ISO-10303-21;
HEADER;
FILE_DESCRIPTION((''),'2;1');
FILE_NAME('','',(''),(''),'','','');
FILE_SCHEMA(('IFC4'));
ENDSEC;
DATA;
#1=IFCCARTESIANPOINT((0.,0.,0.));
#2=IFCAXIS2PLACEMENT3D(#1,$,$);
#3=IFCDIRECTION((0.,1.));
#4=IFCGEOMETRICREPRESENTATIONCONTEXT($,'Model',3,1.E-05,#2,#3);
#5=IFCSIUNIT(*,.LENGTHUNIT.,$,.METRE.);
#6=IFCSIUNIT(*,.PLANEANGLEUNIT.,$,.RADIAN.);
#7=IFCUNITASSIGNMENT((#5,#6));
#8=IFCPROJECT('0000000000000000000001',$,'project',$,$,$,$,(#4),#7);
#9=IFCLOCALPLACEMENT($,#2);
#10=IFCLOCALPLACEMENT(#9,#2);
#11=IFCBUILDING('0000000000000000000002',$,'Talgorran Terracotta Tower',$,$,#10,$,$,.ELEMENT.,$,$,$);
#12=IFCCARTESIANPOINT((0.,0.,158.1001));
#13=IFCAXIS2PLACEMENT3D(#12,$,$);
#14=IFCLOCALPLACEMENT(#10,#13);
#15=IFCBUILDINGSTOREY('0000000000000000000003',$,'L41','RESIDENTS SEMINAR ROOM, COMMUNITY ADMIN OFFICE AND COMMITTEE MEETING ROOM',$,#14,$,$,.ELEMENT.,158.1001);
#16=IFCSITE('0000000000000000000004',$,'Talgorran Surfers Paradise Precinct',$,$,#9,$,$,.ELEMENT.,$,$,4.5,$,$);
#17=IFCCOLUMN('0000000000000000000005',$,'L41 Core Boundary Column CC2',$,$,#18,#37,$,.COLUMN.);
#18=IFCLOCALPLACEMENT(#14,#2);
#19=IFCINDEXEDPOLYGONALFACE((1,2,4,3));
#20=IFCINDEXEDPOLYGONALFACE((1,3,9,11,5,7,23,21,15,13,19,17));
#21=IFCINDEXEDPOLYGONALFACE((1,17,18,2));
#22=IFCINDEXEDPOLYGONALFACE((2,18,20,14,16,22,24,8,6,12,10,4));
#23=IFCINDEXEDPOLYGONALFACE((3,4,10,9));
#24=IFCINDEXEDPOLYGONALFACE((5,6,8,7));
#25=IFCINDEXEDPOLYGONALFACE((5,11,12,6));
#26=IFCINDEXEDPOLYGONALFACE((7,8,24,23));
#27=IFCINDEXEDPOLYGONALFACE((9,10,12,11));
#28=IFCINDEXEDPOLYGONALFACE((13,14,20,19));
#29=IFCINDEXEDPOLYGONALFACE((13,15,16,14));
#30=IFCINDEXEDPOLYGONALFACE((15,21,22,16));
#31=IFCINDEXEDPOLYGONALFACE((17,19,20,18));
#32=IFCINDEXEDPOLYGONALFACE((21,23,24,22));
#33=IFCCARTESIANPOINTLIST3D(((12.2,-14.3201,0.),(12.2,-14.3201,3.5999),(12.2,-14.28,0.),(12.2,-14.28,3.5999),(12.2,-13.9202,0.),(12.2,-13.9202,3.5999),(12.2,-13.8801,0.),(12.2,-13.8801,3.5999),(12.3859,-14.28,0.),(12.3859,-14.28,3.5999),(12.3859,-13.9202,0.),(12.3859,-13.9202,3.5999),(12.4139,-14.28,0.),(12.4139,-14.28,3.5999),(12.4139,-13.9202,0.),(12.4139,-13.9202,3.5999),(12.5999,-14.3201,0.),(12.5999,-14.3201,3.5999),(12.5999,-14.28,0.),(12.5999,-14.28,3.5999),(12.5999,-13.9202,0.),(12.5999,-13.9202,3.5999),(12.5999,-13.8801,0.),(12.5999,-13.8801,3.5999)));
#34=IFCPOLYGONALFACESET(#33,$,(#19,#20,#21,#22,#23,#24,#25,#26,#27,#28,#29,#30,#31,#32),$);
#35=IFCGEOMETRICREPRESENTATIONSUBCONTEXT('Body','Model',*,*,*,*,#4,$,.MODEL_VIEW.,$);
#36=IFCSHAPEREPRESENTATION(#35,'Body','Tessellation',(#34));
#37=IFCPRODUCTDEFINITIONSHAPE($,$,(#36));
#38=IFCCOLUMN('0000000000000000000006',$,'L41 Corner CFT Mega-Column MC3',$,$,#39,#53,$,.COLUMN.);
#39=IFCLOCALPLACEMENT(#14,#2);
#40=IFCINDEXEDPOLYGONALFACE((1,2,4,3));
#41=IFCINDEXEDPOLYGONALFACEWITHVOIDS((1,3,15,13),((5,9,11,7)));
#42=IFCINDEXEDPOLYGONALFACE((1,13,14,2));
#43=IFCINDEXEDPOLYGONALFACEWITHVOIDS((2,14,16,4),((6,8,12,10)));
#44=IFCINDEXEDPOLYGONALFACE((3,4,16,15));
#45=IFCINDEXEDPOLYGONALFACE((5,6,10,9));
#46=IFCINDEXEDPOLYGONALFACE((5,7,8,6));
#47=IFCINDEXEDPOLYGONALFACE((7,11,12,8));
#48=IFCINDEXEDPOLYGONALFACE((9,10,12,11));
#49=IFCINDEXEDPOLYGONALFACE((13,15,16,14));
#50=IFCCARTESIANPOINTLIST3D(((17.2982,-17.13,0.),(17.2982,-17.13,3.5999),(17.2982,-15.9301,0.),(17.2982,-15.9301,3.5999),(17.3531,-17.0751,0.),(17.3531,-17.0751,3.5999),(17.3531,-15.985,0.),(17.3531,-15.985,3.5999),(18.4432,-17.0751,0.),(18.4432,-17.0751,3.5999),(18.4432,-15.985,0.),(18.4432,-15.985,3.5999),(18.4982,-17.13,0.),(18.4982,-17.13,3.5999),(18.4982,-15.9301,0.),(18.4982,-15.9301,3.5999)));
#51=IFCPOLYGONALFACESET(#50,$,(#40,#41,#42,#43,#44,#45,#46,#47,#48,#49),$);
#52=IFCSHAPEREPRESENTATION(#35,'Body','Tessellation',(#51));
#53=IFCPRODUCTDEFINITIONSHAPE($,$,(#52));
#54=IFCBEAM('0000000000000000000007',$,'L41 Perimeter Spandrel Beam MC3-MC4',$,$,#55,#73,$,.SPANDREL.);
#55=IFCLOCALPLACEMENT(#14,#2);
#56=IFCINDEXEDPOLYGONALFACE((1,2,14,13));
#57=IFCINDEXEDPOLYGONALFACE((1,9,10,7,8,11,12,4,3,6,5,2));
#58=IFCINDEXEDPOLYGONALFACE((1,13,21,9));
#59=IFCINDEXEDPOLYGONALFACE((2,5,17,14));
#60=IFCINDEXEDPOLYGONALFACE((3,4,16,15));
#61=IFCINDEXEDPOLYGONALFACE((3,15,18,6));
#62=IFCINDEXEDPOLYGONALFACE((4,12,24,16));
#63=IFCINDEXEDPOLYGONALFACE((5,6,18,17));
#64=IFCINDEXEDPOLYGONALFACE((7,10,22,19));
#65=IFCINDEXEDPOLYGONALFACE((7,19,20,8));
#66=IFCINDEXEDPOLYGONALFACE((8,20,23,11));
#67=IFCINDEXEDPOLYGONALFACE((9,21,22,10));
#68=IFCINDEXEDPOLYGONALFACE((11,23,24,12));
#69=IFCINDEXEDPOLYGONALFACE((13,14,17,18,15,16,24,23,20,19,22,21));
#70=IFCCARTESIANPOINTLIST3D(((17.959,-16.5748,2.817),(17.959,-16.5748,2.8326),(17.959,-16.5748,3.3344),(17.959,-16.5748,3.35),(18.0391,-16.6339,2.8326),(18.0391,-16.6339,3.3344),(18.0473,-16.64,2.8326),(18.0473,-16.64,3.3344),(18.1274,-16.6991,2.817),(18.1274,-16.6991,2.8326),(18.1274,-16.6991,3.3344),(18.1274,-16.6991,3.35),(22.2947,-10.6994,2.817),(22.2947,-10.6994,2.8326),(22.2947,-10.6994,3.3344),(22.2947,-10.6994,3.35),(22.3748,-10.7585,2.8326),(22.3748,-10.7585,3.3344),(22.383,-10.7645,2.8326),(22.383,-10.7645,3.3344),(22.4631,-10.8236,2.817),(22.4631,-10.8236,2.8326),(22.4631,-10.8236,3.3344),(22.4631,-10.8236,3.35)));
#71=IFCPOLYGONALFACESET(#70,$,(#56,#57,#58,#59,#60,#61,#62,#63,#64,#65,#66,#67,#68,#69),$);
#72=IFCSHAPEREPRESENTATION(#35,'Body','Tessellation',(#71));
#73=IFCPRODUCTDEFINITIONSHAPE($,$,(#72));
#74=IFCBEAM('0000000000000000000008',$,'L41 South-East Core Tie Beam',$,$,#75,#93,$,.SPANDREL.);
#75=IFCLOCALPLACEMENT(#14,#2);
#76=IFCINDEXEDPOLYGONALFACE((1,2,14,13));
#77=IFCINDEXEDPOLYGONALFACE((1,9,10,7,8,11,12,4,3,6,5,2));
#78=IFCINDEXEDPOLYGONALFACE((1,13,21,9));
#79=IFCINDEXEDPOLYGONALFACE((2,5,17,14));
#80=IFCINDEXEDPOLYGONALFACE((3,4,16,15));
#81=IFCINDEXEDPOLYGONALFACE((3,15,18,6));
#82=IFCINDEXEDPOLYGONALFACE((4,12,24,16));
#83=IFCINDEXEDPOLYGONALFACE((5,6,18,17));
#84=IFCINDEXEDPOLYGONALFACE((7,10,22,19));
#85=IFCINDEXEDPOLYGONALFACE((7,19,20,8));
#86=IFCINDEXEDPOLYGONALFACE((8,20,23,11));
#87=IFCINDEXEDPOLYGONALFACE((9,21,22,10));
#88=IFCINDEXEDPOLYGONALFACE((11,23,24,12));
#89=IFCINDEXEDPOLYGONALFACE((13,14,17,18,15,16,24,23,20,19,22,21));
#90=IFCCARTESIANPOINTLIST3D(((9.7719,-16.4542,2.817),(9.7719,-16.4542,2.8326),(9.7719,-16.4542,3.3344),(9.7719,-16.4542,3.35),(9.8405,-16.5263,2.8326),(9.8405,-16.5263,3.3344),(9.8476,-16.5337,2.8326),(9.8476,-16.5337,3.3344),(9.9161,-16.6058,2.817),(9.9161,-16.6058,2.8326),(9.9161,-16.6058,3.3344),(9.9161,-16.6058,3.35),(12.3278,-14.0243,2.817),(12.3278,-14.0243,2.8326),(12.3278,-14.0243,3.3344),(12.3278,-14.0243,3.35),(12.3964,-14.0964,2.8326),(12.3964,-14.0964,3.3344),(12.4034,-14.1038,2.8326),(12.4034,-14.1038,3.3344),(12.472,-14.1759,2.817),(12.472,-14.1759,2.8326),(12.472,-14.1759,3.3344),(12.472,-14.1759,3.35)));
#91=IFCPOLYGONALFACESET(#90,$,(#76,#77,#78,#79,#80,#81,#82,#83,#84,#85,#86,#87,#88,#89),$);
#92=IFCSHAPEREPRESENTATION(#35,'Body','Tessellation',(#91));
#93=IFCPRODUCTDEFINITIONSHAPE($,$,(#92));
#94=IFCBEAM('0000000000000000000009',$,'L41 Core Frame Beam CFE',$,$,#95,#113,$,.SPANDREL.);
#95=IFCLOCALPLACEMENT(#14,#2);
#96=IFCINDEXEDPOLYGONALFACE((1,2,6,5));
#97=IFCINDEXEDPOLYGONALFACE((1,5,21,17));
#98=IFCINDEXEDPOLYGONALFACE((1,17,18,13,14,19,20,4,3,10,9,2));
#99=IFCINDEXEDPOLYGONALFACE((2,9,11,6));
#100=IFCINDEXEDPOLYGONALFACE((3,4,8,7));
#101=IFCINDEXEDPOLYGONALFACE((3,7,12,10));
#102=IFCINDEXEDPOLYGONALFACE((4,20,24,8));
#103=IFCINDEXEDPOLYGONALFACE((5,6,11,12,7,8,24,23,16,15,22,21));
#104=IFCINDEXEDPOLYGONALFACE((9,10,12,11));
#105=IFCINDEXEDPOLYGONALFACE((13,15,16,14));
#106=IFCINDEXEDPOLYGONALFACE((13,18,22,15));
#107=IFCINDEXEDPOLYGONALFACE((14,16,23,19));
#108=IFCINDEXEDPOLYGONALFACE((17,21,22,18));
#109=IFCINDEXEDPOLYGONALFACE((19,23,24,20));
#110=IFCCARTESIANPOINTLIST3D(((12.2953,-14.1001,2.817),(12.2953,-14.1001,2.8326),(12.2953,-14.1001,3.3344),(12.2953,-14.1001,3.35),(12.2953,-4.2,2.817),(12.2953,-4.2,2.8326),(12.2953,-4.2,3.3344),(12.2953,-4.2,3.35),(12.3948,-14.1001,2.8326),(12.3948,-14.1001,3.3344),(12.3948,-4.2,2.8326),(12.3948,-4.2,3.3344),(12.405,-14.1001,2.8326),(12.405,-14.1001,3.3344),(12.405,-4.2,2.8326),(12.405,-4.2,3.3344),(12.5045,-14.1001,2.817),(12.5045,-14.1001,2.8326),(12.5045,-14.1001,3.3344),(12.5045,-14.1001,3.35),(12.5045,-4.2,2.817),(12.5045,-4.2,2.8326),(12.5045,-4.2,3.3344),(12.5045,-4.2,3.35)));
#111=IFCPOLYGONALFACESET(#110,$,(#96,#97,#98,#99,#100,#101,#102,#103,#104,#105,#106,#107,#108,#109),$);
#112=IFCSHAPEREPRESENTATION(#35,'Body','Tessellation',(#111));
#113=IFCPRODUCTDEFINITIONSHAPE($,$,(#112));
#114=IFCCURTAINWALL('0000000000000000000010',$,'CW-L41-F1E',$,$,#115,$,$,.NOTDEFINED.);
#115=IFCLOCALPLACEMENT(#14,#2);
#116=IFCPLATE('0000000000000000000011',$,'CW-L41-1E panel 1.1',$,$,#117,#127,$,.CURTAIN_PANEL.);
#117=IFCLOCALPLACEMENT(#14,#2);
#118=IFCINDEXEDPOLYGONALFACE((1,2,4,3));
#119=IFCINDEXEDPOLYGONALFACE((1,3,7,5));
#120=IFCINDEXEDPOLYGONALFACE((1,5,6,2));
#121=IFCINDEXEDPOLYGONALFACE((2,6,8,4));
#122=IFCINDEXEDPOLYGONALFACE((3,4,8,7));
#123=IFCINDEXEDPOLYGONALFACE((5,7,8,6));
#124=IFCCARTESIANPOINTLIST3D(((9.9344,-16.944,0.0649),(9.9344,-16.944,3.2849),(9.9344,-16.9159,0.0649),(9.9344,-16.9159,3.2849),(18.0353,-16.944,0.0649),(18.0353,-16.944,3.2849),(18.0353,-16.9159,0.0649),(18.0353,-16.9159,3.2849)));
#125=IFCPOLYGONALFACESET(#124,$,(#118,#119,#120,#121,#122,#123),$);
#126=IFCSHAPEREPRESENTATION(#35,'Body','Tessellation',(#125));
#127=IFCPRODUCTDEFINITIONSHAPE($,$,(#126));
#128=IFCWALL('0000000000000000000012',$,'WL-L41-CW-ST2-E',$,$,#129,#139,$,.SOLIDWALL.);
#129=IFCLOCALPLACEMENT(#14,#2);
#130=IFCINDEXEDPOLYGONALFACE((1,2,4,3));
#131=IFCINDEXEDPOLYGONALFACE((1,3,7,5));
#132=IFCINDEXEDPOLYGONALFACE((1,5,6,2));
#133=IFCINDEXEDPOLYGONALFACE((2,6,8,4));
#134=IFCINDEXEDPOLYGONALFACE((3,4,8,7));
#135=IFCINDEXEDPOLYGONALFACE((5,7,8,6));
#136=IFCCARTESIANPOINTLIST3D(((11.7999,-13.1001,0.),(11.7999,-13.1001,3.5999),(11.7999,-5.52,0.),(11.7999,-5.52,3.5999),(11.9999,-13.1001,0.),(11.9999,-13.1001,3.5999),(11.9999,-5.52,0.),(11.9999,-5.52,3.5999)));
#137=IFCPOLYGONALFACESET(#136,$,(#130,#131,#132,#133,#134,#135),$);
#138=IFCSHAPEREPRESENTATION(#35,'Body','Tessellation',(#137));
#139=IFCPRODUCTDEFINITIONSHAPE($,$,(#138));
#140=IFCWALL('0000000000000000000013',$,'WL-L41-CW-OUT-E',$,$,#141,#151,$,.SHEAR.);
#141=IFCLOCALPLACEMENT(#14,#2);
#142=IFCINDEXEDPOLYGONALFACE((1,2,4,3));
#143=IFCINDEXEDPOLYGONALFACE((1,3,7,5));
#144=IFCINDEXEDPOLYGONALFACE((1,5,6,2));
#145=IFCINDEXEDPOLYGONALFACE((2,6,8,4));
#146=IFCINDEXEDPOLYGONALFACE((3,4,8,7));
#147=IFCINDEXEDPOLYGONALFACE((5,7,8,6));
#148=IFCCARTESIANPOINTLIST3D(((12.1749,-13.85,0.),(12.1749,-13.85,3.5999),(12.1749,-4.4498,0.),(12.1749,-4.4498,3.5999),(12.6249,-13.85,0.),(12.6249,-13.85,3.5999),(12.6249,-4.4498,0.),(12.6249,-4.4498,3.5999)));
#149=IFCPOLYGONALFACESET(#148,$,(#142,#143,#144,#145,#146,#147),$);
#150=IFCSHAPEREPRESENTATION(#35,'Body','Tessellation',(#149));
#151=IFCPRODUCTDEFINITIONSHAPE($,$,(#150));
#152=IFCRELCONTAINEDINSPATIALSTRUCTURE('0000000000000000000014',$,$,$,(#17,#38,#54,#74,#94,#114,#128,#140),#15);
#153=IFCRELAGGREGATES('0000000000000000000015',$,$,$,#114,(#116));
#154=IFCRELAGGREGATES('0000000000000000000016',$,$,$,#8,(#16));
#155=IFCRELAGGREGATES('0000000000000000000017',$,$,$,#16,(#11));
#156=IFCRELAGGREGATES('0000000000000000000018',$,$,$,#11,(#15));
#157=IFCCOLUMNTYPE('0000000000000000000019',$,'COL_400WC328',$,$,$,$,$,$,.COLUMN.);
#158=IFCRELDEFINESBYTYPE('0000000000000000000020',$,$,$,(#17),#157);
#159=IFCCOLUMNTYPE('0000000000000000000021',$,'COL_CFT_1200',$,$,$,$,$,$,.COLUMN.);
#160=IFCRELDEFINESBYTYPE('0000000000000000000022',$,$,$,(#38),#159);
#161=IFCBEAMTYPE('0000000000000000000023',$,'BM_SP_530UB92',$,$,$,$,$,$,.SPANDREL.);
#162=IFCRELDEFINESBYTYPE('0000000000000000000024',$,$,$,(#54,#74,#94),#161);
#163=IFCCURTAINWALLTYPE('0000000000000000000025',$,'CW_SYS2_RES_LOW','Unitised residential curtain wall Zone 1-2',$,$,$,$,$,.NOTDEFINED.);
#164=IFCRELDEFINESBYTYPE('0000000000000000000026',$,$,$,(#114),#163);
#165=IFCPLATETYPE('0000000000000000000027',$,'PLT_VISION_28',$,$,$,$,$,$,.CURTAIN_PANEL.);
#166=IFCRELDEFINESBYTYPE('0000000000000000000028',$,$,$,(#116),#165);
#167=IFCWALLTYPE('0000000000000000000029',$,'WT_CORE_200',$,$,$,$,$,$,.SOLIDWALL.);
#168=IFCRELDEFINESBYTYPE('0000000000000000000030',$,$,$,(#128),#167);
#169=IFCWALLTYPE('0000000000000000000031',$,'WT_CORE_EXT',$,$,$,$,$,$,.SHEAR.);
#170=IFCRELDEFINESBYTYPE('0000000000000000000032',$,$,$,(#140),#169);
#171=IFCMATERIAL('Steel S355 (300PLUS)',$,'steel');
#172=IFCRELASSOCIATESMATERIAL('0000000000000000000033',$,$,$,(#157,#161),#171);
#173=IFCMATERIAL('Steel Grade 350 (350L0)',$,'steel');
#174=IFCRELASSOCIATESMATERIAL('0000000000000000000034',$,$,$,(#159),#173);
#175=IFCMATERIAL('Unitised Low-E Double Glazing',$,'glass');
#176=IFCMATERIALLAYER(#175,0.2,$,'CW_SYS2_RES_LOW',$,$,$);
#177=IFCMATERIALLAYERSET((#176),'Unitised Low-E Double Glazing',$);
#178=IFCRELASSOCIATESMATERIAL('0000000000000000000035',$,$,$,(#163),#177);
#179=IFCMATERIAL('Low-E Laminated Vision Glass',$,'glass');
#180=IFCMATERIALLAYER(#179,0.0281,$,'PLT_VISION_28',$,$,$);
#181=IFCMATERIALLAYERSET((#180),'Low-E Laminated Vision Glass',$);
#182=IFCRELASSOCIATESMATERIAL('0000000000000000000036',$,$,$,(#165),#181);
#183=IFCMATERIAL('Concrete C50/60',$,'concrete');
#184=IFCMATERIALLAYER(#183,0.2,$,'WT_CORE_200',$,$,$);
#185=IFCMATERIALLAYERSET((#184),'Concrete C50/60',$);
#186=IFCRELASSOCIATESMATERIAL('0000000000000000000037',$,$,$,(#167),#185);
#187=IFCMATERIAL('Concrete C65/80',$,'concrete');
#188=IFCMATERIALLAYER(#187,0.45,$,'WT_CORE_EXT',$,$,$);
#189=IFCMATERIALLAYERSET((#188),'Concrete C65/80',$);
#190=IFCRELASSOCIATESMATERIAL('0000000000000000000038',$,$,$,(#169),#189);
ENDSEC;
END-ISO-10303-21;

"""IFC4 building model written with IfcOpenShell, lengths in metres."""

from ifc_helpers import new_model, si_unit, direction, frame, frame_2d, origin, origin_2d, place, context, subcontext, project, spatial, rectangle, hollow_rectangle, i_section, extrude, source, transform, mapped, material, layer, layer_set, material_profile, profile_set, type_object, type_shapes, element, aggregate, save


model = new_model("IFC4")

# Units and contexts
model_context = context("Model", 3, precision=1e-05, world=origin(), true_north=direction((0.0, 1.0)))
body_context = subcontext(model_context, "Body", "Model", "MODEL_VIEW")
ifc_project = project(units=[si_unit("LENGTHUNIT", "METRE"), si_unit("PLANEANGLEUNIT", "RADIAN")], contexts=[model_context])

# Site, building, storey
site_placement = place(None, origin())
site = spatial("IfcSite", under=ifc_project, at=site_placement, Name="Talgorran Surfers Paradise Precinct", CompositionType="ELEMENT", RefElevation=4.5)
building_placement = place(site_placement, origin())
building = spatial("IfcBuilding", under=site, at=building_placement, Name="Talgorran Terracotta Tower", CompositionType="ELEMENT")
storey_placement = place(building_placement, frame((0.0, 0.0, 158.1001)))
storey = spatial("IfcBuildingStorey", under=building, at=storey_placement, Name="L41", Description="RESIDENTS SEMINAR ROOM, COMMUNITY ADMIN OFFICE AND COMMITTEE MEETING ROOM", CompositionType="ELEMENT", Elevation=158.1001)

# Columns
ifc_material_1 = material(Name="Steel S355 (300PLUS)", Category="steel")
ifc_material_profile_1 = material_profile(ifc_material_1, i_section(OverallWidth=0.3999, OverallDepth=0.4399, WebThickness=0.0281, FlangeThickness=0.04, at=origin_2d()), Name="400WC328")
ifc_profile_set_1 = profile_set([ifc_material_profile_1], Name="Steel S355 (300PLUS)")
column_type_1 = type_object("IfcColumnType", Name="COL_400WC328", PredefinedType="COLUMN", material=ifc_profile_set_1)
column_1_placement = place(storey_placement, frame((12.3999, -14.1001, 0.0), z_axis=(0.0, 0.0, 1.0), x_axis=(1.0, 0.0, 0.0)))
element("IfcColumn", 1, at=column_1_placement, inside=storey, type_object=column_type_1, Name="L41 Core Boundary Column CC2", PredefinedType="COLUMN", context=body_context, shape_type="SweptSolid", body=[
    extrude(i_section(OverallWidth=0.3999, OverallDepth=0.4399, WebThickness=0.0281, FlangeThickness=0.04, at=origin_2d()), origin(), (0.0, 0.0, 1.0), 3.5999),
])
ifc_material_2 = material(Name="Steel Grade 350 (350L0)", Category="steel")
ifc_material_profile_2 = material_profile(ifc_material_2, hollow_rectangle(XDim=1.2, YDim=1.2, WallThickness=0.0549, at=origin_2d()), Name="CFT1200X1200X55")
ifc_profile_set_2 = profile_set([ifc_material_profile_2], Name="Steel Grade 350 (350L0)")
column_type_2 = type_object("IfcColumnType", Name="COL_CFT_1200", PredefinedType="COLUMN", material=ifc_profile_set_2)
column_2_placement = place(storey_placement, frame((17.8982, -16.53, 0.0), z_axis=(0.0, 0.0, 1.0), x_axis=(1.0, 0.0, 0.0)))
element("IfcColumn", 2, at=column_2_placement, inside=storey, type_object=column_type_2, Name="L41 Corner CFT Mega-Column MC3", PredefinedType="COLUMN", context=body_context, shape_type="SweptSolid", body=[
    extrude(hollow_rectangle(XDim=1.2, YDim=1.2, WallThickness=0.0549, at=origin_2d()), origin(), (0.0, 0.0, 1.0), 3.5999),
])

# Beams
ifc_material_profile_3 = material_profile(ifc_material_1, i_section(OverallWidth=0.2092, OverallDepth=0.533, WebThickness=0.0103, FlangeThickness=0.0156, at=origin_2d()), Name="530UB92.4")
ifc_profile_set_3 = profile_set([ifc_material_profile_3], Name="Steel S355 (300PLUS)")
beam_type = type_object("IfcBeamType", Name="BM_SP_530UB92", PredefinedType="SPANDREL", material=ifc_profile_set_3)
beam_1_placement = place(storey_placement, frame((18.0432, -16.637, 3.0835), z_axis=(0.593766, 0.804638, 0.0), x_axis=(-0.804638, 0.593766, 0.0)))
element("IfcBeam", 3, at=beam_1_placement, inside=storey, type_object=beam_type, Name="L41 Perimeter Spandrel Beam MC3-MC4", PredefinedType="SPANDREL", context=body_context, shape_type="SweptSolid", body=[
    extrude(i_section(OverallWidth=0.2092, OverallDepth=0.533, WebThickness=0.0103, FlangeThickness=0.0156, at=origin_2d()), origin(), (0.0, 0.0, 1.0), 7.302),
])
beam_2_placement = place(storey_placement, frame((12.3999, -14.1001, 3.0835), z_axis=(-0.724742, -0.689021, 0.0), x_axis=(0.689021, -0.724742, 0.0)))
element("IfcBeam", 4, at=beam_2_placement, inside=storey, type_object=beam_type, Name="L41 South-East Core Tie Beam", PredefinedType="SPANDREL", context=body_context, shape_type="SweptSolid", body=[
    extrude(i_section(OverallWidth=0.2092, OverallDepth=0.533, WebThickness=0.0103, FlangeThickness=0.0156, at=origin_2d()), origin(), (0.0, 0.0, 1.0), 3.5266),
])
beam_3_placement = place(storey_placement, frame((12.3999, -14.1001, 3.0835), z_axis=(0.0, 1.0, 0.0), x_axis=(-1.0, 0.0, 0.0)))
element("IfcBeam", 5, at=beam_3_placement, inside=storey, type_object=beam_type, Name="L41 Core Frame Beam CFE", PredefinedType="SPANDREL", context=body_context, shape_type="SweptSolid", body=[
    extrude(i_section(OverallWidth=0.2092, OverallDepth=0.533, WebThickness=0.0103, FlangeThickness=0.0156, at=origin_2d()), origin(), (0.0, 0.0, 1.0), 9.9001),
])

# Curtain wall, plate
ifc_material_3 = material(Name="Unitised Low-E Double Glazing", Category="glass")
ifc_layer_1 = layer(ifc_material_3, 0.2, Name="CW_SYS2_RES_LOW")
ifc_layer_set_1 = layer_set([ifc_layer_1], Name="Unitised Low-E Double Glazing")
curtain_wall_type = type_object("IfcCurtainWallType", Name="CW_SYS2_RES_LOW", Description="Unitised residential curtain wall Zone 1-2", PredefinedType="NOTDEFINED", material=ifc_layer_set_1)
curtain_wall_placement = place(storey_placement, origin())
curtain_wall = element("IfcCurtainWall", 6, at=curtain_wall_placement, inside=storey, type_object=curtain_wall_type, Name="CW-L41-F1E", PredefinedType="NOTDEFINED")
ifc_material_4 = material(Name="Low-E Laminated Vision Glass", Category="glass")
ifc_layer_2 = layer(ifc_material_4, 0.0281, Name="PLT_VISION_28")
ifc_layer_set_2 = layer_set([ifc_layer_2], Name="Low-E Laminated Vision Glass")
plate_type = type_object("IfcPlateType", Name="PLT_VISION_28", PredefinedType="CURTAIN_PANEL", material=ifc_layer_set_2)
shared_shape = source(origin(), body_context, "Body", "SweptSolid", [
    extrude(rectangle(XDim=8.1008, YDim=0.0281, at=origin_2d()), origin(), (0.0, 0.0, 1.0), 3.22),
])
type_shapes(plate_type, [shared_shape])
plate_placement = place(storey_placement, frame((13.9849, -16.9299, 0.0649), z_axis=(0.0, 0.0, 1.0), x_axis=(1.0, 0.0, 0.0)))
plate = element("IfcPlate", 7, at=plate_placement, type_object=plate_type, Name="CW-L41-1E panel 1.1", PredefinedType="CURTAIN_PANEL", context=body_context, shape_type="MappedRepresentation", body=[
    mapped(shared_shape, transform((0.0, 0.0, 0.0), scale=1.0)),
])
aggregate(curtain_wall, [plate])

# Walls
ifc_material_5 = material(Name="Concrete C50/60", Category="concrete")
ifc_layer_3 = layer(ifc_material_5, 0.2, Name="WT_CORE_200")
ifc_layer_set_3 = layer_set([ifc_layer_3], Name="Concrete C50/60")
wall_type_1 = type_object("IfcWallType", Name="WT_CORE_200", PredefinedType="SOLIDWALL", material=ifc_layer_set_3)
wall_1_placement = place(storey_placement, frame((11.8999, -13.1001, 0.0), z_axis=(0.0, 0.0, 1.0), x_axis=(0.0, 1.0, 0.0)))
element("IfcWall", 8, at=wall_1_placement, inside=storey, type_object=wall_type_1, Name="WL-L41-CW-ST2-E", PredefinedType="SOLIDWALL", context=body_context, shape_type="SweptSolid", body=[
    extrude(rectangle(XDim=7.5801, YDim=0.2, at=frame_2d((3.79, 0.0))), origin(), (0.0, 0.0, 1.0), 3.5999),
])
ifc_material_6 = material(Name="Concrete C65/80", Category="concrete")
ifc_layer_4 = layer(ifc_material_6, 0.45, Name="WT_CORE_EXT")
ifc_layer_set_4 = layer_set([ifc_layer_4], Name="Concrete C65/80")
wall_type_2 = type_object("IfcWallType", Name="WT_CORE_EXT", PredefinedType="SHEAR", material=ifc_layer_set_4)
wall_2_placement = place(storey_placement, frame((12.3999, -13.8501, 0.0), z_axis=(0.0, 0.0, 1.0), x_axis=(0.0, 1.0, 0.0)))
element("IfcWall", 9, at=wall_2_placement, inside=storey, type_object=wall_type_2, Name="WL-L41-CW-OUT-E", PredefinedType="SHEAR", context=body_context, shape_type="SweptSolid", body=[
    extrude(rectangle(XDim=9.4001, YDim=0.45, at=frame_2d((4.7002, 0.0))), origin(), (0.0, 0.0, 1.0), 3.5999),
])

save(model, "model.ifc")
